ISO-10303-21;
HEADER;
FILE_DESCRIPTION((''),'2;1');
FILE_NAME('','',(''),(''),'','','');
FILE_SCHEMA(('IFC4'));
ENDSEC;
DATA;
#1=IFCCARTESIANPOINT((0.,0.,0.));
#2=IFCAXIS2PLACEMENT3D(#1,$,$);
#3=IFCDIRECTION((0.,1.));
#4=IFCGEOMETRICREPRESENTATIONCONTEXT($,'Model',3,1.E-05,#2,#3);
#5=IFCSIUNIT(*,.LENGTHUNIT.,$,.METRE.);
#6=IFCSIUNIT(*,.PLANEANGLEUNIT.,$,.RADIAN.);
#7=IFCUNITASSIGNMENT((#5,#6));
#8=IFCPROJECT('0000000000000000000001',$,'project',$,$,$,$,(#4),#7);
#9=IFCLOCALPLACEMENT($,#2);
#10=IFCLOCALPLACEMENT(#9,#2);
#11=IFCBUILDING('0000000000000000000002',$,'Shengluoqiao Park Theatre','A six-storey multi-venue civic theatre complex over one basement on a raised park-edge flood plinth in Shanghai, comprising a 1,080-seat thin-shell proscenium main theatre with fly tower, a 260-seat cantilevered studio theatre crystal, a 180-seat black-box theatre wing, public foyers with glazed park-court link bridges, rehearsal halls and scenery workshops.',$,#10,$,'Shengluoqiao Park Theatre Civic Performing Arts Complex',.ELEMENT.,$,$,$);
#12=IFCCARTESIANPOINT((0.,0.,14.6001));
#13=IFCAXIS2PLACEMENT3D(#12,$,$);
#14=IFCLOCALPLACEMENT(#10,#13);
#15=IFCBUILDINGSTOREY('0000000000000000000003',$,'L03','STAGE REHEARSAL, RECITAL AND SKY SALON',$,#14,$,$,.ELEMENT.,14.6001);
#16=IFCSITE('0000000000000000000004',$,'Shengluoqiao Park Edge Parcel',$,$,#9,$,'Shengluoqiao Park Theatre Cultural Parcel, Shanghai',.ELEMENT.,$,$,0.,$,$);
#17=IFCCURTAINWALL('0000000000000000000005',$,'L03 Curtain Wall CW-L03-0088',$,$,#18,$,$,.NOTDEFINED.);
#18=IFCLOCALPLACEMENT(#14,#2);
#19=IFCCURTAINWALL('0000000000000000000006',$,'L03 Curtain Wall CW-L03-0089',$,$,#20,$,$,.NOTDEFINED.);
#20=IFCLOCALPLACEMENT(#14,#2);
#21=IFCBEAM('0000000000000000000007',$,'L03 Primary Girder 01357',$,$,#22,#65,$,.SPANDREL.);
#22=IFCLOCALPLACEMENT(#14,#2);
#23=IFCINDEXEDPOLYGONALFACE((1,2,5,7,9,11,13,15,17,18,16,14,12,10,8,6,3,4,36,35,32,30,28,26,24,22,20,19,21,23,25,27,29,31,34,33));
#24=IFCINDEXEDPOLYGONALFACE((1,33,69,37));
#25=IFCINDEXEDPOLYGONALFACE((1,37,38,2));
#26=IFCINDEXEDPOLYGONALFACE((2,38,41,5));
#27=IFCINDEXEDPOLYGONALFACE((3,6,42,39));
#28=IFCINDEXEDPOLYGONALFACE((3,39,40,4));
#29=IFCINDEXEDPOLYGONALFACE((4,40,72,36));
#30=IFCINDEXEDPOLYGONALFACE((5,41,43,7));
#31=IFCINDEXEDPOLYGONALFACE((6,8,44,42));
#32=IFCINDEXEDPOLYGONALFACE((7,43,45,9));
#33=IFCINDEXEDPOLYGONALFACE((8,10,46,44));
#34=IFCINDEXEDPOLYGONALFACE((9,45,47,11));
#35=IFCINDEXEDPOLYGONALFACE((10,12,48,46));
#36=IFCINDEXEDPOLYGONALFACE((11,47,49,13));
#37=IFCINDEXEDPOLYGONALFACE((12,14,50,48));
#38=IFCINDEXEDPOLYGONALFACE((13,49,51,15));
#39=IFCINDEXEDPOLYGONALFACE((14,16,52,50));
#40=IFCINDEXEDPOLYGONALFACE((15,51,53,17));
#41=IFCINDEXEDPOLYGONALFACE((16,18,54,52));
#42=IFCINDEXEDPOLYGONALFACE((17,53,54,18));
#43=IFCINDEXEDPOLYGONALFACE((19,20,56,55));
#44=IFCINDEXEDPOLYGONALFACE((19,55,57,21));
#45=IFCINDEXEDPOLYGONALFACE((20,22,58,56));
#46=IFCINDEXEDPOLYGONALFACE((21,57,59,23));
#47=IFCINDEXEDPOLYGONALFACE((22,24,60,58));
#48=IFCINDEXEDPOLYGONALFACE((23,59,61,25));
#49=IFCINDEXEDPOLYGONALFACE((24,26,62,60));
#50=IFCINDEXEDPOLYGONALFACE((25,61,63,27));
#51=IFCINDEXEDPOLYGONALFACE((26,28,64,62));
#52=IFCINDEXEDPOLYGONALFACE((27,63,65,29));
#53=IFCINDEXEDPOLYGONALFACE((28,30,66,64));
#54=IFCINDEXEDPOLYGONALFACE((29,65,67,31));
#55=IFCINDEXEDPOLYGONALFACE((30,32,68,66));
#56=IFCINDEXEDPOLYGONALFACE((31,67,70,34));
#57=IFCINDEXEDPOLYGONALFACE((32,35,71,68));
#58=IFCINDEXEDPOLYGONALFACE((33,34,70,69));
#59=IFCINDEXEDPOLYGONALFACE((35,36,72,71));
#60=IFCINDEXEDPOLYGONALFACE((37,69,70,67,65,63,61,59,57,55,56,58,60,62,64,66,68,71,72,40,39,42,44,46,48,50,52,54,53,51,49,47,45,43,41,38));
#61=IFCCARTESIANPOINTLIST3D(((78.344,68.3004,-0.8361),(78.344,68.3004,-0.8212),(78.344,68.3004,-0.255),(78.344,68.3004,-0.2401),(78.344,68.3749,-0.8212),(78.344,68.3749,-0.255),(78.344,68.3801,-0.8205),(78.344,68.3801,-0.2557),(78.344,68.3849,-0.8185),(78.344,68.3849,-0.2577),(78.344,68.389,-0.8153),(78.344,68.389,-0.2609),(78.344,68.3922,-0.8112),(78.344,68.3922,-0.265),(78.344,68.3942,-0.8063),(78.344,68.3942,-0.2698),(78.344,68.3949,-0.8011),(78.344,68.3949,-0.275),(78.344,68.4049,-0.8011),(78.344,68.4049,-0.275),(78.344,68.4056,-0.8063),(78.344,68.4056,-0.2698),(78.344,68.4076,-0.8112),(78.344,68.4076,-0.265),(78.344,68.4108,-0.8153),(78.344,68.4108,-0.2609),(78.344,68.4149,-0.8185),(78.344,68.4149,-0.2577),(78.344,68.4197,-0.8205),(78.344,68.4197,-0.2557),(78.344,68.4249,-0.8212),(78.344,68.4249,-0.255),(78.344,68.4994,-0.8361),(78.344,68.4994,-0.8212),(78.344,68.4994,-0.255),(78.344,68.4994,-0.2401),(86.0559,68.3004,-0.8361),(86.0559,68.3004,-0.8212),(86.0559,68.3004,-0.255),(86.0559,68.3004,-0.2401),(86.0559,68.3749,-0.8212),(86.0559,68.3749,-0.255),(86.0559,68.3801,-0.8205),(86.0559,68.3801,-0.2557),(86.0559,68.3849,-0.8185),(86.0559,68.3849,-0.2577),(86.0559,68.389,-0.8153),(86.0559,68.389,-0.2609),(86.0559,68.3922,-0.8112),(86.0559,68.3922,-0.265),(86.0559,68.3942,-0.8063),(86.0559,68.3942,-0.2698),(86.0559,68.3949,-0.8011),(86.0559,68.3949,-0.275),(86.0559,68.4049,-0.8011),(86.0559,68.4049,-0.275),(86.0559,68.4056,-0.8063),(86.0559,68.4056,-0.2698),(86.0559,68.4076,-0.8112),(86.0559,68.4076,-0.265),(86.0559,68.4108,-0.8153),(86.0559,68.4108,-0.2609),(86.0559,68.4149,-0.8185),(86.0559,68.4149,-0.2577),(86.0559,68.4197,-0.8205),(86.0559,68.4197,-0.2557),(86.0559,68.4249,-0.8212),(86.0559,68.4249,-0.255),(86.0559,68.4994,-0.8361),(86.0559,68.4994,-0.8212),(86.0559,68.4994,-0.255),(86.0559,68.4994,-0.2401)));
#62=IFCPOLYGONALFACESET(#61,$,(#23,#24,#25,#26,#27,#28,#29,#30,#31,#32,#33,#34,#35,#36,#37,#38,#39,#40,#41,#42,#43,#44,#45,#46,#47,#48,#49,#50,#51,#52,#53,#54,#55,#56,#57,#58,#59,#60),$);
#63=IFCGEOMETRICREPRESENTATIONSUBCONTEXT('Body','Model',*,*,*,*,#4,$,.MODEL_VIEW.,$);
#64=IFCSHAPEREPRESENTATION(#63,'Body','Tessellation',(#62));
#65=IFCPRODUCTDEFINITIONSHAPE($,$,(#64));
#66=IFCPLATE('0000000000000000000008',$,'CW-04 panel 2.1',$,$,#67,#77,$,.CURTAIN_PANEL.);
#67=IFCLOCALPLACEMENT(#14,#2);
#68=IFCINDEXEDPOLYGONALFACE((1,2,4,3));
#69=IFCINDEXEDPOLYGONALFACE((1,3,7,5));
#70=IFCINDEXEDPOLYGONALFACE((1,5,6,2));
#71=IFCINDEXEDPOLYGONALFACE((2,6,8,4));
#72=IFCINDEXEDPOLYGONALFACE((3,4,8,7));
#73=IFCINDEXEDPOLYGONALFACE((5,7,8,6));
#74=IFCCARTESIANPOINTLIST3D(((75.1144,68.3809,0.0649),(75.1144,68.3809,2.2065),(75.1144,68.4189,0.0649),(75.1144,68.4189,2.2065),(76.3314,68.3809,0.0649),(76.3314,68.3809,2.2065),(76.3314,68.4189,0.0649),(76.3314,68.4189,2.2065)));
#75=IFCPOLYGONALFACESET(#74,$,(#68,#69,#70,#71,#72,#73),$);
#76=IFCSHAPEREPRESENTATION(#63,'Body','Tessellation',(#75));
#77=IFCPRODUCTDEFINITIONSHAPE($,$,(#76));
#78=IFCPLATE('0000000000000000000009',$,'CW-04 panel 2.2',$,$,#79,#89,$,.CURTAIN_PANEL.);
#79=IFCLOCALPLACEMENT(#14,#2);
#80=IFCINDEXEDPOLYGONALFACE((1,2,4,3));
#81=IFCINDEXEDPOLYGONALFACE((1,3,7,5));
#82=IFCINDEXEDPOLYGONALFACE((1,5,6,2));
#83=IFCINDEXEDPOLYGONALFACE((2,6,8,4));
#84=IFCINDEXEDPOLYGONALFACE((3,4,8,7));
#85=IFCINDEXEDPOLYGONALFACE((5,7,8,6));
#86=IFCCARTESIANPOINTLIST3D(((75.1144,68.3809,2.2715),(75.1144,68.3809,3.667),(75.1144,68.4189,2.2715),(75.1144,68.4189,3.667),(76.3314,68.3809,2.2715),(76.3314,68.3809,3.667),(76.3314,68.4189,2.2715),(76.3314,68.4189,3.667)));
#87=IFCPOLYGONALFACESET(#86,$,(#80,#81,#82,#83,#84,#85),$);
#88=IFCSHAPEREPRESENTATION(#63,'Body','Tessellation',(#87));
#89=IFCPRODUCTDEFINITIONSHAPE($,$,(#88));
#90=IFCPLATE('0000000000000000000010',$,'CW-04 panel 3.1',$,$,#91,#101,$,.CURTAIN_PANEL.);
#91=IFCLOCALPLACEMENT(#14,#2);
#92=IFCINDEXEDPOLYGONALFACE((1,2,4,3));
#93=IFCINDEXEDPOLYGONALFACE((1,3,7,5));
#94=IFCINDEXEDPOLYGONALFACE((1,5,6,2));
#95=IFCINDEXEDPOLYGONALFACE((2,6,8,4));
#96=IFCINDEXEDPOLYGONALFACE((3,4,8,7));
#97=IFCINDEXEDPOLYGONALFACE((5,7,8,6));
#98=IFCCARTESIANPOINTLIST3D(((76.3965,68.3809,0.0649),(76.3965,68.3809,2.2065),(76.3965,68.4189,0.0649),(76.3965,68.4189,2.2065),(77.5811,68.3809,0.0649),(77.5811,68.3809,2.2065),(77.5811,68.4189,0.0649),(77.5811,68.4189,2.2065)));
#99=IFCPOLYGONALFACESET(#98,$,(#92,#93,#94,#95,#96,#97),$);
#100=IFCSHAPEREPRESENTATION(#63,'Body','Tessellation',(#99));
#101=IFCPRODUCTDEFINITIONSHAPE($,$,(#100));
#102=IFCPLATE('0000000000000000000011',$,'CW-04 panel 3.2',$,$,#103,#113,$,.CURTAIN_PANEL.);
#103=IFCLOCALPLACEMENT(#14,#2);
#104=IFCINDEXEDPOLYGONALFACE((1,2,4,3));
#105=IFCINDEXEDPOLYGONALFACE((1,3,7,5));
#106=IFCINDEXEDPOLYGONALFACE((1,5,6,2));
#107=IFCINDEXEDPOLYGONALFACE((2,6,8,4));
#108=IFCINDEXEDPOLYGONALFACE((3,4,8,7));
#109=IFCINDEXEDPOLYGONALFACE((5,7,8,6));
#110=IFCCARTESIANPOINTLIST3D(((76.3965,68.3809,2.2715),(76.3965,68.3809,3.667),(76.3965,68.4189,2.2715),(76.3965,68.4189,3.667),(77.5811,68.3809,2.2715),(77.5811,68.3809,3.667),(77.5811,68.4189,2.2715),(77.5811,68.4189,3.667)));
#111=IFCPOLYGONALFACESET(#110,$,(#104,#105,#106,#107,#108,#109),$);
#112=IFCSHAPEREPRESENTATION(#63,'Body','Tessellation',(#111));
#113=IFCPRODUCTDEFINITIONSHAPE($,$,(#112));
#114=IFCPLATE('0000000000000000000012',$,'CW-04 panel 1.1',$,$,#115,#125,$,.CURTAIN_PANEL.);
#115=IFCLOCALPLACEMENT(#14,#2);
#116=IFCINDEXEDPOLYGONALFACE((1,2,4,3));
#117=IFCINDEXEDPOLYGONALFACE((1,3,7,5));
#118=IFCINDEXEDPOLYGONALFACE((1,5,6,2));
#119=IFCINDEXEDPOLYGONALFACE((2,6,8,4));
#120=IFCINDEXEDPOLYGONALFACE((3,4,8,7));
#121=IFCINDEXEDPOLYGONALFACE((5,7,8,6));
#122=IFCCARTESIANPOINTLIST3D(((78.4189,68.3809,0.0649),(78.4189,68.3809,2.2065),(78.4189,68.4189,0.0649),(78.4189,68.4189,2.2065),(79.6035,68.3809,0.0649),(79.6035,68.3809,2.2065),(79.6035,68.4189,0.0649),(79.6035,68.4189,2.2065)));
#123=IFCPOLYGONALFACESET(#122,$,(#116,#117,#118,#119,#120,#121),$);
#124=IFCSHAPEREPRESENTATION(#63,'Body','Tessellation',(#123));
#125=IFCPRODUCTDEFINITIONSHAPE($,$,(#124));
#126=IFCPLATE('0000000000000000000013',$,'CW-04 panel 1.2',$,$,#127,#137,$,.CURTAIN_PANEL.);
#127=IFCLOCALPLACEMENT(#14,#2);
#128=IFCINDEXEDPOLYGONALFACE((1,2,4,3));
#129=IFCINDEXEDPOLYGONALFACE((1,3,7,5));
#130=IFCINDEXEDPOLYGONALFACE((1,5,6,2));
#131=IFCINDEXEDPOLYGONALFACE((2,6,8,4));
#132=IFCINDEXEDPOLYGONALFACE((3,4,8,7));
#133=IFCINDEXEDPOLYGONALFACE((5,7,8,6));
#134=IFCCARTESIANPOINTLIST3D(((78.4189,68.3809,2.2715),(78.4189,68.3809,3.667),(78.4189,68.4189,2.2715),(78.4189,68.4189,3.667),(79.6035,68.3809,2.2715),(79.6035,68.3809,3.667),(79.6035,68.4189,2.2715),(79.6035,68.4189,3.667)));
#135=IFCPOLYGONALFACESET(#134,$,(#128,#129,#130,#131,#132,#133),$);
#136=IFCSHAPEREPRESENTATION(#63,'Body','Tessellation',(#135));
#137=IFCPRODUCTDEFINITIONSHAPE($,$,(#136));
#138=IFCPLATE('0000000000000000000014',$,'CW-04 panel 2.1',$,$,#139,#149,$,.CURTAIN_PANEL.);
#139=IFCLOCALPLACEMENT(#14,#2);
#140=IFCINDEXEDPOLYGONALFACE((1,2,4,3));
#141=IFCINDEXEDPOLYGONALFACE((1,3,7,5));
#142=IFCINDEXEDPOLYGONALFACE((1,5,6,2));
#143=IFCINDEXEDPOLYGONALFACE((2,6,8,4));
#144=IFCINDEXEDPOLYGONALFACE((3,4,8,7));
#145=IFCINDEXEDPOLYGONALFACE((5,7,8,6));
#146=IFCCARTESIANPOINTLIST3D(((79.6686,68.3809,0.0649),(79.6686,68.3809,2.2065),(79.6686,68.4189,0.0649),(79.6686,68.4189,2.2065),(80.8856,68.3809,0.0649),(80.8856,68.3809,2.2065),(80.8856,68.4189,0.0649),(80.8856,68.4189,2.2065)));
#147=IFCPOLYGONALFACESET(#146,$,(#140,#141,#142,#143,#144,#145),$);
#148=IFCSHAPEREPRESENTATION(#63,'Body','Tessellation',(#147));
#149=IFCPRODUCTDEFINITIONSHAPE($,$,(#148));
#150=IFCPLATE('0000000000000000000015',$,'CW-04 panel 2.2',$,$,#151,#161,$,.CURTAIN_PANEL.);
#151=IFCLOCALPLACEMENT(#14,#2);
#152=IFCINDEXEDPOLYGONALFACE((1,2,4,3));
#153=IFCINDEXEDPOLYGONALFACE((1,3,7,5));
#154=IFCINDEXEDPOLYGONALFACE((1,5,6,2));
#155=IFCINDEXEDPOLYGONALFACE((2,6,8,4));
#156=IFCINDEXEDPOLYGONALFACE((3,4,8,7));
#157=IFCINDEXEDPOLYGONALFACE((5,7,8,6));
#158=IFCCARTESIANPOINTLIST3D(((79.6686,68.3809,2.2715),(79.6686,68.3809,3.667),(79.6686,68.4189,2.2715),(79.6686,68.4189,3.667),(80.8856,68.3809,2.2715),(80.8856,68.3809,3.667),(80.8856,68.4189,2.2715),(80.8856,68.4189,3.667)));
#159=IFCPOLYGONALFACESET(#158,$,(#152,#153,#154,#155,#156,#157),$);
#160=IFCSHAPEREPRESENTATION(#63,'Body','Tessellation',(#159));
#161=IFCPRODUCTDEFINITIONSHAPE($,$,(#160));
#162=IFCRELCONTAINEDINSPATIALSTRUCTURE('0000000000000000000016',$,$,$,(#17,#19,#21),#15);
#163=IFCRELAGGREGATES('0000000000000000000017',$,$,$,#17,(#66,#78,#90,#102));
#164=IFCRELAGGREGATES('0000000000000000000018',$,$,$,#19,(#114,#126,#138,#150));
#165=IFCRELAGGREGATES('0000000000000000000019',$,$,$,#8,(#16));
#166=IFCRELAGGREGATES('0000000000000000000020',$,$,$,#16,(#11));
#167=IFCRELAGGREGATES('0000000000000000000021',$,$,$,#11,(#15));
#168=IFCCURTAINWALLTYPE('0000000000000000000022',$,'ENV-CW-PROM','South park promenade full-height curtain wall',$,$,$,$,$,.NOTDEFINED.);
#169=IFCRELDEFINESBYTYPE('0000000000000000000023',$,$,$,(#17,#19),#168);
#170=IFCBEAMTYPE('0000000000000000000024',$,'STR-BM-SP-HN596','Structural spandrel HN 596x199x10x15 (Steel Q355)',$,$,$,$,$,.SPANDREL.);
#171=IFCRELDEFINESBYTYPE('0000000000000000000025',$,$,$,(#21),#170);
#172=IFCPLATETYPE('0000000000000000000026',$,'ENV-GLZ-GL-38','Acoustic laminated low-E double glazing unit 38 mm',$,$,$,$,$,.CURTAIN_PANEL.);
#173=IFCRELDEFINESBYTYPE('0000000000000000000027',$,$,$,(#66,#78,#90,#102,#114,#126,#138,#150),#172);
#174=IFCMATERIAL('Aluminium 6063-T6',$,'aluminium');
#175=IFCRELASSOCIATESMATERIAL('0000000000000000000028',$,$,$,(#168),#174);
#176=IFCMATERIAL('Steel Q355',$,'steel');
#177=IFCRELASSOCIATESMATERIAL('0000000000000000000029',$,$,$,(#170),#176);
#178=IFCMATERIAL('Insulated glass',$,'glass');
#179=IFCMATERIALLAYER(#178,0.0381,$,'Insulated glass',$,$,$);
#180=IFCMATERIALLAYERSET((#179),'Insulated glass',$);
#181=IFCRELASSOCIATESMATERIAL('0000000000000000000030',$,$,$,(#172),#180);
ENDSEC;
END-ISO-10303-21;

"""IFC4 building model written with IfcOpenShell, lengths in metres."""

from ifc_helpers import new_model, si_unit, direction, frame, origin, origin_2d, place, context, subcontext, project, spatial, rectangle, i_section, extrude, material, layer, layer_set, material_profile, profile_set, type_object, element, aggregate, save


model = new_model("IFC4")

# Units and contexts
model_context = context("Model", 3, precision=1e-05, world=origin(), true_north=direction((0.0, 1.0)))
body_context = subcontext(model_context, "Body", "Model", "MODEL_VIEW")
ifc_project = project(units=[si_unit("LENGTHUNIT", "METRE"), si_unit("PLANEANGLEUNIT", "RADIAN")], contexts=[model_context])

# Site, building, storey
site_placement = place(None, origin())
site = spatial("IfcSite", under=ifc_project, at=site_placement, Name="Shengluoqiao Park Edge Parcel", LongName="Shengluoqiao Park Theatre Cultural Parcel, Shanghai", CompositionType="ELEMENT", RefElevation=0.0)
building_placement = place(site_placement, origin())
building = spatial("IfcBuilding", under=site, at=building_placement, Name="Shengluoqiao Park Theatre", Description="A six-storey multi-venue civic theatre complex over one basement on a raised park-edge flood plinth in Shanghai, comprising a 1,080-seat thin-shell proscenium main theatre with fly tower, a 260-seat cantilevered studio theatre crystal, a 180-seat black-box theatre wing, public foyers with glazed park-court link bridges, rehearsal halls and scenery workshops.", LongName="Shengluoqiao Park Theatre Civic Performing Arts Complex", CompositionType="ELEMENT")
storey_placement = place(building_placement, frame((0.0, 0.0, 14.6001)))
storey = spatial("IfcBuildingStorey", under=building, at=storey_placement, Name="L03", Description="STAGE REHEARSAL, RECITAL AND SKY SALON", CompositionType="ELEMENT", Elevation=14.6001)

# Curtain walls
ifc_material_1 = material(Name="Aluminium 6063-T6", Category="aluminium")
curtain_wall_type = type_object("IfcCurtainWallType", Name="ENV-CW-PROM", Description="South park promenade full-height curtain wall", PredefinedType="NOTDEFINED", material=ifc_material_1)
curtain_wall_1_placement = place(storey_placement, origin())
curtain_wall_1 = element("IfcCurtainWall", 1, at=curtain_wall_1_placement, inside=storey, type_object=curtain_wall_type, Name="L03 Curtain Wall CW-L03-0088", PredefinedType="NOTDEFINED")
curtain_wall_2_placement = place(storey_placement, origin())
curtain_wall_2 = element("IfcCurtainWall", 2, at=curtain_wall_2_placement, inside=storey, type_object=curtain_wall_type, Name="L03 Curtain Wall CW-L03-0089", PredefinedType="NOTDEFINED")

# Beam
ifc_material_2 = material(Name="Steel Q355", Category="steel")
ifc_material_profile_1 = material_profile(ifc_material_2, i_section(OverallWidth=0.199, OverallDepth=0.5959, WebThickness=0.01, FlangeThickness=0.0149, FilletRadius=0.02, at=origin_2d()), Name="HN 596x199x10x15")
ifc_profile_set_1 = profile_set([ifc_material_profile_1], Name="Steel Q355")
beam_type_1 = type_object("IfcBeamType", Name="STR-BM-SP-HN596", Description="Structural spandrel HN 596x199x10x15 (Steel Q355)", PredefinedType="SPANDREL", material=ifc_profile_set_1)
beam_1_placement = place(storey_placement, frame((78.344, 68.3999, -0.5381), z_axis=(1.0, 0.0, 0.0), x_axis=(0.0, 1.0, 0.0)))
element("IfcBeam", 3, at=beam_1_placement, inside=storey, type_object=beam_type_1, Name="L03 Primary Girder 01357", PredefinedType="SPANDREL", context=body_context, shape_type="SweptSolid", body=[
    extrude(i_section(OverallWidth=0.199, OverallDepth=0.5959, WebThickness=0.01, FlangeThickness=0.0149, FilletRadius=0.02, at=origin_2d()), origin(), (0.0, 0.0, 1.0), 7.7119),
])

# Plates
ifc_material_3 = material(Name="Insulated glass", Category="glass")
ifc_layer = layer(ifc_material_3, 0.0381, Name="Insulated glass")
ifc_layer_set = layer_set([ifc_layer], Name="Insulated glass")
plate_type = type_object("IfcPlateType", Name="ENV-GLZ-GL-38", Description="Acoustic laminated low-E double glazing unit 38 mm", PredefinedType="CURTAIN_PANEL", material=ifc_layer_set)
plate_1_placement = place(storey_placement, frame((75.7229, 68.3999, 0.0649), z_axis=(0.0, 0.0, 1.0), x_axis=(1.0, 0.0, 0.0)))
plate_1 = element("IfcPlate", 4, at=plate_1_placement, type_object=plate_type, Name="CW-04 panel 2.1", PredefinedType="CURTAIN_PANEL", context=body_context, shape_type="SweptSolid", body=[
    extrude(rectangle(XDim=1.217, YDim=0.0381, at=origin_2d()), origin(), (0.0, 0.0, 1.0), 2.1416),
])
plate_2_placement = place(storey_placement, frame((75.7229, 68.3999, 2.2715), z_axis=(0.0, 0.0, 1.0), x_axis=(1.0, 0.0, 0.0)))
plate_2 = element("IfcPlate", 5, at=plate_2_placement, type_object=plate_type, Name="CW-04 panel 2.2", PredefinedType="CURTAIN_PANEL", context=body_context, shape_type="SweptSolid", body=[
    extrude(rectangle(XDim=1.217, YDim=0.0381, at=origin_2d()), origin(), (0.0, 0.0, 1.0), 1.3955),
])
plate_3_placement = place(storey_placement, frame((76.9888, 68.3999, 0.0649), z_axis=(0.0, 0.0, 1.0), x_axis=(1.0, 0.0, 0.0)))
plate_3 = element("IfcPlate", 6, at=plate_3_placement, type_object=plate_type, Name="CW-04 panel 3.1", PredefinedType="CURTAIN_PANEL", context=body_context, shape_type="SweptSolid", body=[
    extrude(rectangle(XDim=1.1846, YDim=0.0381, at=origin_2d()), origin(), (0.0, 0.0, 1.0), 2.1416),
])
plate_4_placement = place(storey_placement, frame((76.9888, 68.3999, 2.2715), z_axis=(0.0, 0.0, 1.0), x_axis=(1.0, 0.0, 0.0)))
plate_4 = element("IfcPlate", 7, at=plate_4_placement, type_object=plate_type, Name="CW-04 panel 3.2", PredefinedType="CURTAIN_PANEL", context=body_context, shape_type="SweptSolid", body=[
    extrude(rectangle(XDim=1.1846, YDim=0.0381, at=origin_2d()), origin(), (0.0, 0.0, 1.0), 1.3955),
])
aggregate(curtain_wall_1, [plate_1, plate_2, plate_3, plate_4])
plate_5_placement = place(storey_placement, frame((79.0112, 68.3999, 0.0649), z_axis=(0.0, 0.0, 1.0), x_axis=(1.0, 0.0, 0.0)))
plate_5 = element("IfcPlate", 8, at=plate_5_placement, type_object=plate_type, Name="CW-04 panel 1.1", PredefinedType="CURTAIN_PANEL", context=body_context, shape_type="SweptSolid", body=[
    extrude(rectangle(XDim=1.1846, YDim=0.0381, at=origin_2d()), origin(), (0.0, 0.0, 1.0), 2.1416),
])
plate_6_placement = place(storey_placement, frame((79.0112, 68.3999, 2.2715), z_axis=(0.0, 0.0, 1.0), x_axis=(1.0, 0.0, 0.0)))
plate_6 = element("IfcPlate", 9, at=plate_6_placement, type_object=plate_type, Name="CW-04 panel 1.2", PredefinedType="CURTAIN_PANEL", context=body_context, shape_type="SweptSolid", body=[
    extrude(rectangle(XDim=1.1846, YDim=0.0381, at=origin_2d()), origin(), (0.0, 0.0, 1.0), 1.3955),
])
plate_7_placement = place(storey_placement, frame((80.2771, 68.3999, 0.0649), z_axis=(0.0, 0.0, 1.0), x_axis=(1.0, 0.0, 0.0)))
plate_7 = element("IfcPlate", 10, at=plate_7_placement, type_object=plate_type, Name="CW-04 panel 2.1", PredefinedType="CURTAIN_PANEL", context=body_context, shape_type="SweptSolid", body=[
    extrude(rectangle(XDim=1.217, YDim=0.0381, at=origin_2d()), origin(), (0.0, 0.0, 1.0), 2.1416),
])
plate_8_placement = place(storey_placement, frame((80.2771, 68.3999, 2.2715), z_axis=(0.0, 0.0, 1.0), x_axis=(1.0, 0.0, 0.0)))
plate_8 = element("IfcPlate", 11, at=plate_8_placement, type_object=plate_type, Name="CW-04 panel 2.2", PredefinedType="CURTAIN_PANEL", context=body_context, shape_type="SweptSolid", body=[
    extrude(rectangle(XDim=1.217, YDim=0.0381, at=origin_2d()), origin(), (0.0, 0.0, 1.0), 1.3955),
])
aggregate(curtain_wall_2, [plate_5, plate_6, plate_7, plate_8])

save(model, "model.ifc")
